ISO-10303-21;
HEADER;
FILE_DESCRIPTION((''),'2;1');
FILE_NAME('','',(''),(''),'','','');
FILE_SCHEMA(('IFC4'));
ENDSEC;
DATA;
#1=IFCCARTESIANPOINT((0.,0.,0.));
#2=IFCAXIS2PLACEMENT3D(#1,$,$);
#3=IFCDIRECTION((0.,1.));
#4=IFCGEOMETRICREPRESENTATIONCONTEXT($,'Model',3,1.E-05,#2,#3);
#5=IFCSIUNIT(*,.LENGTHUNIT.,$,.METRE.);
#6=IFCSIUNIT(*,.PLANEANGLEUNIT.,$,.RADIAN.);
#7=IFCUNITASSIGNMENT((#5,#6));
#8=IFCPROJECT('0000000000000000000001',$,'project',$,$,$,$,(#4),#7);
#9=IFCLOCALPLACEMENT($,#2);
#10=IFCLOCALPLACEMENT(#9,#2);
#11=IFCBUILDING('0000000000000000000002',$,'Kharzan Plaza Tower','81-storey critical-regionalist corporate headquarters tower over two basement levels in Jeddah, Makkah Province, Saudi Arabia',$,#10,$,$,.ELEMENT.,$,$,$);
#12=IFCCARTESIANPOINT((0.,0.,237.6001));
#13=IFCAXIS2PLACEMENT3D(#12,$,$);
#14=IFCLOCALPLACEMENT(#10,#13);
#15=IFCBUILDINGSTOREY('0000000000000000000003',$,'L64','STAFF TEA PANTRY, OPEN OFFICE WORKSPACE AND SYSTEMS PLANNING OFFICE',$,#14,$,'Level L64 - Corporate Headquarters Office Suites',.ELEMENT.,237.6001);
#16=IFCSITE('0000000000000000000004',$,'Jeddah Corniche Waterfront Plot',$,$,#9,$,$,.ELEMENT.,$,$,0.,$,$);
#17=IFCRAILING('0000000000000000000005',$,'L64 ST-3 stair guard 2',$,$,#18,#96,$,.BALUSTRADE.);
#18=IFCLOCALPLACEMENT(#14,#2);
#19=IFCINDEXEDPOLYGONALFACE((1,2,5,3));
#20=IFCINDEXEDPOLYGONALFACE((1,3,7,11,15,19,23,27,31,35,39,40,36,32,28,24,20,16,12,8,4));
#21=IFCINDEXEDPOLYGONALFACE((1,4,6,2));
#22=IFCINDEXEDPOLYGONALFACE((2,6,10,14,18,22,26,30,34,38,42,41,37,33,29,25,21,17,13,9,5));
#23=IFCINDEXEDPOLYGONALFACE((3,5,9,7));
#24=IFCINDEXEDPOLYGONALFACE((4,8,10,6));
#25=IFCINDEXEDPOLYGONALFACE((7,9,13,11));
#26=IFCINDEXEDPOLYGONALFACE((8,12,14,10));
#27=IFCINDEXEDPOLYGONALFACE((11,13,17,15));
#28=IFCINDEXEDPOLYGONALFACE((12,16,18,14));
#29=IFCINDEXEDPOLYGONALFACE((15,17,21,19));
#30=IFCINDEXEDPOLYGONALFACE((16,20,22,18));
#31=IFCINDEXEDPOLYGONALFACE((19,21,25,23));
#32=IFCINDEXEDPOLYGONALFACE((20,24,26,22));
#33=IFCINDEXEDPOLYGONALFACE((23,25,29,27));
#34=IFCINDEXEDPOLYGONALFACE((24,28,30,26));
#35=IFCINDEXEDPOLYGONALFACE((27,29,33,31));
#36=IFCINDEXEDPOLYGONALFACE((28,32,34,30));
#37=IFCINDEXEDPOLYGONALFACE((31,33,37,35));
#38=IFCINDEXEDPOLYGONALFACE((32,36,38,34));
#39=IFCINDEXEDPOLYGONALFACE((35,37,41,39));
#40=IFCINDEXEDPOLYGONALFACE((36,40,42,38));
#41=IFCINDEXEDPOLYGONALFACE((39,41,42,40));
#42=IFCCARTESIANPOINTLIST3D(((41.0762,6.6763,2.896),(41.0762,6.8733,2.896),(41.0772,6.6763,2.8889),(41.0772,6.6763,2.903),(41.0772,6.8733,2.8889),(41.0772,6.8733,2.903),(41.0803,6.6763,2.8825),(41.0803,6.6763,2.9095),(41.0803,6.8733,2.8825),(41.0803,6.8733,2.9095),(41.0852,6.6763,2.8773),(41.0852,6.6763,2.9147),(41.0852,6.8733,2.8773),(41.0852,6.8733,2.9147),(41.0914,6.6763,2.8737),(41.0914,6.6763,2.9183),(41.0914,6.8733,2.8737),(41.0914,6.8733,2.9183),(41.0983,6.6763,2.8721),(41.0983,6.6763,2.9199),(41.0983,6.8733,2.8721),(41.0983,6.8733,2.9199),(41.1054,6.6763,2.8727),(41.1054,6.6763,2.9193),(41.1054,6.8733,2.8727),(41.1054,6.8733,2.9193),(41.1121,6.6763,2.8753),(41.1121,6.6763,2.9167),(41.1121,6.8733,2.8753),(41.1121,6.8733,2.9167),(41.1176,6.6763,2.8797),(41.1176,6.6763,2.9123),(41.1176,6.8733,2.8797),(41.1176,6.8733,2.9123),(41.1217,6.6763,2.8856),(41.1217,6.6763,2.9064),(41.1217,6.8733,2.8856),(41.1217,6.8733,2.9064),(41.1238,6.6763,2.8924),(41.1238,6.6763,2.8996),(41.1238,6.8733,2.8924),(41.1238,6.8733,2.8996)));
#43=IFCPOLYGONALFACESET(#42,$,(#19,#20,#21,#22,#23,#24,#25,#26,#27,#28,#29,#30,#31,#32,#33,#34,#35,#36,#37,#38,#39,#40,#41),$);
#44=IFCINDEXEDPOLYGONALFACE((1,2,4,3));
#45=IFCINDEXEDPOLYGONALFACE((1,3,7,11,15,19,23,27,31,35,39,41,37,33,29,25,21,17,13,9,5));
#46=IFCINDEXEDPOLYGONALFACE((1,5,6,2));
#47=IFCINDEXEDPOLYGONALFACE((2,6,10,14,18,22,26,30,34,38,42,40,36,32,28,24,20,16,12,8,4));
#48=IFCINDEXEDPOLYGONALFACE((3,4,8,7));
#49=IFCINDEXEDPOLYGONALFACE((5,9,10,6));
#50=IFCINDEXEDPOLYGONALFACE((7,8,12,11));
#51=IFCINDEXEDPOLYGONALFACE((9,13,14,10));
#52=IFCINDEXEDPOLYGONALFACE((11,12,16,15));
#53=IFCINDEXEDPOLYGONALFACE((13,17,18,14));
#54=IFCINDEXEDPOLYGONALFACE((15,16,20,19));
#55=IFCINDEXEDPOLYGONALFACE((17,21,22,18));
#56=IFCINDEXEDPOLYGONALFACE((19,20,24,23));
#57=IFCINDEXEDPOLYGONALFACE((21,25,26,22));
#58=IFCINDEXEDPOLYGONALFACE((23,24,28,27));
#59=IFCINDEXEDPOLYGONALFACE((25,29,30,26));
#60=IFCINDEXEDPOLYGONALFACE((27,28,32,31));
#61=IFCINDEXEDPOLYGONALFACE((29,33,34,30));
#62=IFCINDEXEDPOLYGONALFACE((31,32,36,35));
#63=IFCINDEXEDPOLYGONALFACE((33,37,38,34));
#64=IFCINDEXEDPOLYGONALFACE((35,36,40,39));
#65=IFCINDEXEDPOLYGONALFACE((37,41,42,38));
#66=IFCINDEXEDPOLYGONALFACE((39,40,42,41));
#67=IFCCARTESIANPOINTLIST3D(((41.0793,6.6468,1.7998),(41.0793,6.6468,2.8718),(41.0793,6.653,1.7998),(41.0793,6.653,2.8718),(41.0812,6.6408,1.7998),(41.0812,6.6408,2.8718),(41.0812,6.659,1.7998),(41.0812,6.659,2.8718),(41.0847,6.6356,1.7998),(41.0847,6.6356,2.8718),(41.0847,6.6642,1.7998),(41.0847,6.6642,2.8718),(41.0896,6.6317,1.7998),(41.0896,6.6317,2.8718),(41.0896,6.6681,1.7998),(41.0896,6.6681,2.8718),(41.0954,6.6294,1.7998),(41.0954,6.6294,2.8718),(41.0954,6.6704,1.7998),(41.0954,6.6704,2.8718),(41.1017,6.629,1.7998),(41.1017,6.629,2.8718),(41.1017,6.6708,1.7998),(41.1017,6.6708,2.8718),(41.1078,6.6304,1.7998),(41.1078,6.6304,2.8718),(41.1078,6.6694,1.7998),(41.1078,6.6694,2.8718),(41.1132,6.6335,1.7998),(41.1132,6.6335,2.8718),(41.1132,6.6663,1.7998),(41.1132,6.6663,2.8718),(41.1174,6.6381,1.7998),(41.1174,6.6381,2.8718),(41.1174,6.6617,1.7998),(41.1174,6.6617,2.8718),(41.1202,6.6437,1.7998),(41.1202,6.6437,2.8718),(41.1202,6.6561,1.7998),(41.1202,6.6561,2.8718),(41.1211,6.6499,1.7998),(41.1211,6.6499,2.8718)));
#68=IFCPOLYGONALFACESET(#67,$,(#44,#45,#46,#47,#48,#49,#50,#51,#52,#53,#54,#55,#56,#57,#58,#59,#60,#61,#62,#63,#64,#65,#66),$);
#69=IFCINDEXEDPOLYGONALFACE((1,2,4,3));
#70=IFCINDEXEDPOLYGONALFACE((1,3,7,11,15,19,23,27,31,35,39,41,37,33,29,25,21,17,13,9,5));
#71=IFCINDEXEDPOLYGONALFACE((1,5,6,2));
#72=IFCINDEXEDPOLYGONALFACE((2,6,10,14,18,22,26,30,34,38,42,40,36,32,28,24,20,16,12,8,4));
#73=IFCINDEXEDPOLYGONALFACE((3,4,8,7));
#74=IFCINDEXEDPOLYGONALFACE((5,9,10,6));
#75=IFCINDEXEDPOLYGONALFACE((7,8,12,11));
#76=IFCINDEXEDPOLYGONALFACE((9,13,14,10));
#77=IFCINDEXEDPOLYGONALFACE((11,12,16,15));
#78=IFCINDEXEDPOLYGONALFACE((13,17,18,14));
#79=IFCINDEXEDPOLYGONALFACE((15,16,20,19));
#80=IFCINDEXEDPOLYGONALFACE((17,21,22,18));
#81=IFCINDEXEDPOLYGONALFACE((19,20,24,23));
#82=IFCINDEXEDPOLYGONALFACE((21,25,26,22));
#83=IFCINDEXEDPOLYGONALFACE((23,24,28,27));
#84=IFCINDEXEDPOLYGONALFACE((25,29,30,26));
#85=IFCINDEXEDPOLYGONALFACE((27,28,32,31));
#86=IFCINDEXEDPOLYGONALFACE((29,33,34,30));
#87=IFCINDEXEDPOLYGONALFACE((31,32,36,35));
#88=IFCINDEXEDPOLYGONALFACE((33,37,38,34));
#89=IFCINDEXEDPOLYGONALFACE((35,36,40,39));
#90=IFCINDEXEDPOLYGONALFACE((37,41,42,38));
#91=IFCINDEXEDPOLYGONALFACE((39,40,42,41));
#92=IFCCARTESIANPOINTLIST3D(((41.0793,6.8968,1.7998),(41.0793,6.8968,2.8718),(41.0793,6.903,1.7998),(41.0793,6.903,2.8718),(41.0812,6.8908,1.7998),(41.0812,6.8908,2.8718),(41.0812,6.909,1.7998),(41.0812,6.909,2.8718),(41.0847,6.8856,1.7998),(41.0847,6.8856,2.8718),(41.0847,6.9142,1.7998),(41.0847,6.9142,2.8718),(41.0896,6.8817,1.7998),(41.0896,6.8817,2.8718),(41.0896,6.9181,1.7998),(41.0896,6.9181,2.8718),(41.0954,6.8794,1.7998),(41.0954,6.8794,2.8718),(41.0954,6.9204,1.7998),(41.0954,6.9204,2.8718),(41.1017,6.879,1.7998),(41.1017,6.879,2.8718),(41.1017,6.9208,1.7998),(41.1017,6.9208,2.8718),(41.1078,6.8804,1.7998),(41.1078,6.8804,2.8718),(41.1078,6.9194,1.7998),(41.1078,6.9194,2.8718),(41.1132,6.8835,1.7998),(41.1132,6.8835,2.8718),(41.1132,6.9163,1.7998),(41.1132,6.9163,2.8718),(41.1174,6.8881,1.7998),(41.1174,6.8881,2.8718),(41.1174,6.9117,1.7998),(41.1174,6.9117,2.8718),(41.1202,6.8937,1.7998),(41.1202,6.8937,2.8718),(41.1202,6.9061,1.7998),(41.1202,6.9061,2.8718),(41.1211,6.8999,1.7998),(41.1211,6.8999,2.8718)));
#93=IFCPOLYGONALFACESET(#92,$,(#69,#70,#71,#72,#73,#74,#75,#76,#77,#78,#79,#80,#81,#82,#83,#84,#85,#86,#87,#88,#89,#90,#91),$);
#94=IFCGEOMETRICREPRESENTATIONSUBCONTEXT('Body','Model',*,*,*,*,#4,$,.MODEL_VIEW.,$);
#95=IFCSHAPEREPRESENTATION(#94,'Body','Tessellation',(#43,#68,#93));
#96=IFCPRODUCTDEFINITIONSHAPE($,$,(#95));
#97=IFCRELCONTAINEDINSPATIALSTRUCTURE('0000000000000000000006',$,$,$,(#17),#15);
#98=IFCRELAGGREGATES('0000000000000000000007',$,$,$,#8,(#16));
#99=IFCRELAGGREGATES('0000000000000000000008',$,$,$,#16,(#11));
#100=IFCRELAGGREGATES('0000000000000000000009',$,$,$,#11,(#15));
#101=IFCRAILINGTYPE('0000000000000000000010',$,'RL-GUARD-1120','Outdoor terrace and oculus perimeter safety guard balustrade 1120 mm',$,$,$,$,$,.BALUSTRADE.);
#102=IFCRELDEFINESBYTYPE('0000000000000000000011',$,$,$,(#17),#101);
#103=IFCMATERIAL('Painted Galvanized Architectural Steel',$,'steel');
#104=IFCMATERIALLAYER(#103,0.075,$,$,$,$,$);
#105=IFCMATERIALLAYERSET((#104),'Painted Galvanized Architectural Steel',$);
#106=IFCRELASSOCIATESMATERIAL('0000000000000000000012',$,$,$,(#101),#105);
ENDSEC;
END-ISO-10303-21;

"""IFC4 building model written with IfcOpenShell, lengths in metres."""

from ifc_helpers import new_model, si_unit, direction, frame, origin, origin_2d, place, context, subcontext, project, spatial, circle, extrude, source, transform, mapped, material, layer, layer_set, type_object, element, save


model = new_model("IFC4")

# Units and contexts
model_context = context("Model", 3, precision=1e-05, world=origin(), true_north=direction((0.0, 1.0)))
body_context = subcontext(model_context, "Body", "Model", "MODEL_VIEW")
ifc_project = project(units=[si_unit("LENGTHUNIT", "METRE"), si_unit("PLANEANGLEUNIT", "RADIAN")], contexts=[model_context])

# Site, building, storey
site_placement = place(None, origin())
site = spatial("IfcSite", under=ifc_project, at=site_placement, Name="Jeddah Corniche Waterfront Plot", CompositionType="ELEMENT", RefElevation=0.0)
building_placement = place(site_placement, origin())
building = spatial("IfcBuilding", under=site, at=building_placement, Name="Kharzan Plaza Tower", Description="81-storey critical-regionalist corporate headquarters tower over two basement levels in Jeddah, Makkah Province, Saudi Arabia", CompositionType="ELEMENT")
storey_placement = place(building_placement, frame((0.0, 0.0, 237.6001)))
storey = spatial("IfcBuildingStorey", under=building, at=storey_placement, Name="L64", Description="STAFF TEA PANTRY, OPEN OFFICE WORKSPACE AND SYSTEMS PLANNING OFFICE", LongName="Level L64 - Corporate Headquarters Office Suites", CompositionType="ELEMENT", Elevation=237.6001)

# Railing
ifc_material_1 = material(Name="Painted Galvanized Architectural Steel", Category="steel")
ifc_layer_1 = layer(ifc_material_1, 0.075)
ifc_layer_set_1 = layer_set([ifc_layer_1], Name="Painted Galvanized Architectural Steel")
railing_type_1 = type_object("IfcRailingType", Name="RL-GUARD-1120", Description="Outdoor terrace and oculus perimeter safety guard balustrade 1120 mm", PredefinedType="BALUSTRADE", material=ifc_layer_set_1)
shared_shape_1 = source(origin(), body_context, "Body", "SweptSolid", [
    extrude(circle(Radius=0.0239, at=origin_2d()), frame((0.0, 0.0264, 1.0962), z_axis=(0.0, 1.0, 0.0), x_axis=(-1.0, 0.0, 0.0)), (0.0, 0.0, 1.0), 0.197),
    extrude(circle(Radius=0.021, at=origin_2d()), origin(), (0.0, 0.0, 1.0), 1.072),
    extrude(circle(Radius=0.021, at=origin_2d()), frame((0.0, 0.25, 0.0)), (0.0, 0.0, 1.0), 1.072),
])
railing_1_placement = place(storey_placement, frame((41.1001, 6.6499, 1.7998)))
element("IfcRailing", 1, at=railing_1_placement, inside=storey, type_object=railing_type_1, Name="L64 ST-3 stair guard 2", PredefinedType="BALUSTRADE", context=body_context, shape_type="MappedRepresentation", body=[
    mapped(shared_shape_1, transform((0.0, 0.0, 0.0), x_axis=(1.0, 0.0, 0.0), y_axis=(0.0, 1.0, 0.0), z_axis=(0.0, 0.0, 1.0))),
])

save(model, "model.ifc")
